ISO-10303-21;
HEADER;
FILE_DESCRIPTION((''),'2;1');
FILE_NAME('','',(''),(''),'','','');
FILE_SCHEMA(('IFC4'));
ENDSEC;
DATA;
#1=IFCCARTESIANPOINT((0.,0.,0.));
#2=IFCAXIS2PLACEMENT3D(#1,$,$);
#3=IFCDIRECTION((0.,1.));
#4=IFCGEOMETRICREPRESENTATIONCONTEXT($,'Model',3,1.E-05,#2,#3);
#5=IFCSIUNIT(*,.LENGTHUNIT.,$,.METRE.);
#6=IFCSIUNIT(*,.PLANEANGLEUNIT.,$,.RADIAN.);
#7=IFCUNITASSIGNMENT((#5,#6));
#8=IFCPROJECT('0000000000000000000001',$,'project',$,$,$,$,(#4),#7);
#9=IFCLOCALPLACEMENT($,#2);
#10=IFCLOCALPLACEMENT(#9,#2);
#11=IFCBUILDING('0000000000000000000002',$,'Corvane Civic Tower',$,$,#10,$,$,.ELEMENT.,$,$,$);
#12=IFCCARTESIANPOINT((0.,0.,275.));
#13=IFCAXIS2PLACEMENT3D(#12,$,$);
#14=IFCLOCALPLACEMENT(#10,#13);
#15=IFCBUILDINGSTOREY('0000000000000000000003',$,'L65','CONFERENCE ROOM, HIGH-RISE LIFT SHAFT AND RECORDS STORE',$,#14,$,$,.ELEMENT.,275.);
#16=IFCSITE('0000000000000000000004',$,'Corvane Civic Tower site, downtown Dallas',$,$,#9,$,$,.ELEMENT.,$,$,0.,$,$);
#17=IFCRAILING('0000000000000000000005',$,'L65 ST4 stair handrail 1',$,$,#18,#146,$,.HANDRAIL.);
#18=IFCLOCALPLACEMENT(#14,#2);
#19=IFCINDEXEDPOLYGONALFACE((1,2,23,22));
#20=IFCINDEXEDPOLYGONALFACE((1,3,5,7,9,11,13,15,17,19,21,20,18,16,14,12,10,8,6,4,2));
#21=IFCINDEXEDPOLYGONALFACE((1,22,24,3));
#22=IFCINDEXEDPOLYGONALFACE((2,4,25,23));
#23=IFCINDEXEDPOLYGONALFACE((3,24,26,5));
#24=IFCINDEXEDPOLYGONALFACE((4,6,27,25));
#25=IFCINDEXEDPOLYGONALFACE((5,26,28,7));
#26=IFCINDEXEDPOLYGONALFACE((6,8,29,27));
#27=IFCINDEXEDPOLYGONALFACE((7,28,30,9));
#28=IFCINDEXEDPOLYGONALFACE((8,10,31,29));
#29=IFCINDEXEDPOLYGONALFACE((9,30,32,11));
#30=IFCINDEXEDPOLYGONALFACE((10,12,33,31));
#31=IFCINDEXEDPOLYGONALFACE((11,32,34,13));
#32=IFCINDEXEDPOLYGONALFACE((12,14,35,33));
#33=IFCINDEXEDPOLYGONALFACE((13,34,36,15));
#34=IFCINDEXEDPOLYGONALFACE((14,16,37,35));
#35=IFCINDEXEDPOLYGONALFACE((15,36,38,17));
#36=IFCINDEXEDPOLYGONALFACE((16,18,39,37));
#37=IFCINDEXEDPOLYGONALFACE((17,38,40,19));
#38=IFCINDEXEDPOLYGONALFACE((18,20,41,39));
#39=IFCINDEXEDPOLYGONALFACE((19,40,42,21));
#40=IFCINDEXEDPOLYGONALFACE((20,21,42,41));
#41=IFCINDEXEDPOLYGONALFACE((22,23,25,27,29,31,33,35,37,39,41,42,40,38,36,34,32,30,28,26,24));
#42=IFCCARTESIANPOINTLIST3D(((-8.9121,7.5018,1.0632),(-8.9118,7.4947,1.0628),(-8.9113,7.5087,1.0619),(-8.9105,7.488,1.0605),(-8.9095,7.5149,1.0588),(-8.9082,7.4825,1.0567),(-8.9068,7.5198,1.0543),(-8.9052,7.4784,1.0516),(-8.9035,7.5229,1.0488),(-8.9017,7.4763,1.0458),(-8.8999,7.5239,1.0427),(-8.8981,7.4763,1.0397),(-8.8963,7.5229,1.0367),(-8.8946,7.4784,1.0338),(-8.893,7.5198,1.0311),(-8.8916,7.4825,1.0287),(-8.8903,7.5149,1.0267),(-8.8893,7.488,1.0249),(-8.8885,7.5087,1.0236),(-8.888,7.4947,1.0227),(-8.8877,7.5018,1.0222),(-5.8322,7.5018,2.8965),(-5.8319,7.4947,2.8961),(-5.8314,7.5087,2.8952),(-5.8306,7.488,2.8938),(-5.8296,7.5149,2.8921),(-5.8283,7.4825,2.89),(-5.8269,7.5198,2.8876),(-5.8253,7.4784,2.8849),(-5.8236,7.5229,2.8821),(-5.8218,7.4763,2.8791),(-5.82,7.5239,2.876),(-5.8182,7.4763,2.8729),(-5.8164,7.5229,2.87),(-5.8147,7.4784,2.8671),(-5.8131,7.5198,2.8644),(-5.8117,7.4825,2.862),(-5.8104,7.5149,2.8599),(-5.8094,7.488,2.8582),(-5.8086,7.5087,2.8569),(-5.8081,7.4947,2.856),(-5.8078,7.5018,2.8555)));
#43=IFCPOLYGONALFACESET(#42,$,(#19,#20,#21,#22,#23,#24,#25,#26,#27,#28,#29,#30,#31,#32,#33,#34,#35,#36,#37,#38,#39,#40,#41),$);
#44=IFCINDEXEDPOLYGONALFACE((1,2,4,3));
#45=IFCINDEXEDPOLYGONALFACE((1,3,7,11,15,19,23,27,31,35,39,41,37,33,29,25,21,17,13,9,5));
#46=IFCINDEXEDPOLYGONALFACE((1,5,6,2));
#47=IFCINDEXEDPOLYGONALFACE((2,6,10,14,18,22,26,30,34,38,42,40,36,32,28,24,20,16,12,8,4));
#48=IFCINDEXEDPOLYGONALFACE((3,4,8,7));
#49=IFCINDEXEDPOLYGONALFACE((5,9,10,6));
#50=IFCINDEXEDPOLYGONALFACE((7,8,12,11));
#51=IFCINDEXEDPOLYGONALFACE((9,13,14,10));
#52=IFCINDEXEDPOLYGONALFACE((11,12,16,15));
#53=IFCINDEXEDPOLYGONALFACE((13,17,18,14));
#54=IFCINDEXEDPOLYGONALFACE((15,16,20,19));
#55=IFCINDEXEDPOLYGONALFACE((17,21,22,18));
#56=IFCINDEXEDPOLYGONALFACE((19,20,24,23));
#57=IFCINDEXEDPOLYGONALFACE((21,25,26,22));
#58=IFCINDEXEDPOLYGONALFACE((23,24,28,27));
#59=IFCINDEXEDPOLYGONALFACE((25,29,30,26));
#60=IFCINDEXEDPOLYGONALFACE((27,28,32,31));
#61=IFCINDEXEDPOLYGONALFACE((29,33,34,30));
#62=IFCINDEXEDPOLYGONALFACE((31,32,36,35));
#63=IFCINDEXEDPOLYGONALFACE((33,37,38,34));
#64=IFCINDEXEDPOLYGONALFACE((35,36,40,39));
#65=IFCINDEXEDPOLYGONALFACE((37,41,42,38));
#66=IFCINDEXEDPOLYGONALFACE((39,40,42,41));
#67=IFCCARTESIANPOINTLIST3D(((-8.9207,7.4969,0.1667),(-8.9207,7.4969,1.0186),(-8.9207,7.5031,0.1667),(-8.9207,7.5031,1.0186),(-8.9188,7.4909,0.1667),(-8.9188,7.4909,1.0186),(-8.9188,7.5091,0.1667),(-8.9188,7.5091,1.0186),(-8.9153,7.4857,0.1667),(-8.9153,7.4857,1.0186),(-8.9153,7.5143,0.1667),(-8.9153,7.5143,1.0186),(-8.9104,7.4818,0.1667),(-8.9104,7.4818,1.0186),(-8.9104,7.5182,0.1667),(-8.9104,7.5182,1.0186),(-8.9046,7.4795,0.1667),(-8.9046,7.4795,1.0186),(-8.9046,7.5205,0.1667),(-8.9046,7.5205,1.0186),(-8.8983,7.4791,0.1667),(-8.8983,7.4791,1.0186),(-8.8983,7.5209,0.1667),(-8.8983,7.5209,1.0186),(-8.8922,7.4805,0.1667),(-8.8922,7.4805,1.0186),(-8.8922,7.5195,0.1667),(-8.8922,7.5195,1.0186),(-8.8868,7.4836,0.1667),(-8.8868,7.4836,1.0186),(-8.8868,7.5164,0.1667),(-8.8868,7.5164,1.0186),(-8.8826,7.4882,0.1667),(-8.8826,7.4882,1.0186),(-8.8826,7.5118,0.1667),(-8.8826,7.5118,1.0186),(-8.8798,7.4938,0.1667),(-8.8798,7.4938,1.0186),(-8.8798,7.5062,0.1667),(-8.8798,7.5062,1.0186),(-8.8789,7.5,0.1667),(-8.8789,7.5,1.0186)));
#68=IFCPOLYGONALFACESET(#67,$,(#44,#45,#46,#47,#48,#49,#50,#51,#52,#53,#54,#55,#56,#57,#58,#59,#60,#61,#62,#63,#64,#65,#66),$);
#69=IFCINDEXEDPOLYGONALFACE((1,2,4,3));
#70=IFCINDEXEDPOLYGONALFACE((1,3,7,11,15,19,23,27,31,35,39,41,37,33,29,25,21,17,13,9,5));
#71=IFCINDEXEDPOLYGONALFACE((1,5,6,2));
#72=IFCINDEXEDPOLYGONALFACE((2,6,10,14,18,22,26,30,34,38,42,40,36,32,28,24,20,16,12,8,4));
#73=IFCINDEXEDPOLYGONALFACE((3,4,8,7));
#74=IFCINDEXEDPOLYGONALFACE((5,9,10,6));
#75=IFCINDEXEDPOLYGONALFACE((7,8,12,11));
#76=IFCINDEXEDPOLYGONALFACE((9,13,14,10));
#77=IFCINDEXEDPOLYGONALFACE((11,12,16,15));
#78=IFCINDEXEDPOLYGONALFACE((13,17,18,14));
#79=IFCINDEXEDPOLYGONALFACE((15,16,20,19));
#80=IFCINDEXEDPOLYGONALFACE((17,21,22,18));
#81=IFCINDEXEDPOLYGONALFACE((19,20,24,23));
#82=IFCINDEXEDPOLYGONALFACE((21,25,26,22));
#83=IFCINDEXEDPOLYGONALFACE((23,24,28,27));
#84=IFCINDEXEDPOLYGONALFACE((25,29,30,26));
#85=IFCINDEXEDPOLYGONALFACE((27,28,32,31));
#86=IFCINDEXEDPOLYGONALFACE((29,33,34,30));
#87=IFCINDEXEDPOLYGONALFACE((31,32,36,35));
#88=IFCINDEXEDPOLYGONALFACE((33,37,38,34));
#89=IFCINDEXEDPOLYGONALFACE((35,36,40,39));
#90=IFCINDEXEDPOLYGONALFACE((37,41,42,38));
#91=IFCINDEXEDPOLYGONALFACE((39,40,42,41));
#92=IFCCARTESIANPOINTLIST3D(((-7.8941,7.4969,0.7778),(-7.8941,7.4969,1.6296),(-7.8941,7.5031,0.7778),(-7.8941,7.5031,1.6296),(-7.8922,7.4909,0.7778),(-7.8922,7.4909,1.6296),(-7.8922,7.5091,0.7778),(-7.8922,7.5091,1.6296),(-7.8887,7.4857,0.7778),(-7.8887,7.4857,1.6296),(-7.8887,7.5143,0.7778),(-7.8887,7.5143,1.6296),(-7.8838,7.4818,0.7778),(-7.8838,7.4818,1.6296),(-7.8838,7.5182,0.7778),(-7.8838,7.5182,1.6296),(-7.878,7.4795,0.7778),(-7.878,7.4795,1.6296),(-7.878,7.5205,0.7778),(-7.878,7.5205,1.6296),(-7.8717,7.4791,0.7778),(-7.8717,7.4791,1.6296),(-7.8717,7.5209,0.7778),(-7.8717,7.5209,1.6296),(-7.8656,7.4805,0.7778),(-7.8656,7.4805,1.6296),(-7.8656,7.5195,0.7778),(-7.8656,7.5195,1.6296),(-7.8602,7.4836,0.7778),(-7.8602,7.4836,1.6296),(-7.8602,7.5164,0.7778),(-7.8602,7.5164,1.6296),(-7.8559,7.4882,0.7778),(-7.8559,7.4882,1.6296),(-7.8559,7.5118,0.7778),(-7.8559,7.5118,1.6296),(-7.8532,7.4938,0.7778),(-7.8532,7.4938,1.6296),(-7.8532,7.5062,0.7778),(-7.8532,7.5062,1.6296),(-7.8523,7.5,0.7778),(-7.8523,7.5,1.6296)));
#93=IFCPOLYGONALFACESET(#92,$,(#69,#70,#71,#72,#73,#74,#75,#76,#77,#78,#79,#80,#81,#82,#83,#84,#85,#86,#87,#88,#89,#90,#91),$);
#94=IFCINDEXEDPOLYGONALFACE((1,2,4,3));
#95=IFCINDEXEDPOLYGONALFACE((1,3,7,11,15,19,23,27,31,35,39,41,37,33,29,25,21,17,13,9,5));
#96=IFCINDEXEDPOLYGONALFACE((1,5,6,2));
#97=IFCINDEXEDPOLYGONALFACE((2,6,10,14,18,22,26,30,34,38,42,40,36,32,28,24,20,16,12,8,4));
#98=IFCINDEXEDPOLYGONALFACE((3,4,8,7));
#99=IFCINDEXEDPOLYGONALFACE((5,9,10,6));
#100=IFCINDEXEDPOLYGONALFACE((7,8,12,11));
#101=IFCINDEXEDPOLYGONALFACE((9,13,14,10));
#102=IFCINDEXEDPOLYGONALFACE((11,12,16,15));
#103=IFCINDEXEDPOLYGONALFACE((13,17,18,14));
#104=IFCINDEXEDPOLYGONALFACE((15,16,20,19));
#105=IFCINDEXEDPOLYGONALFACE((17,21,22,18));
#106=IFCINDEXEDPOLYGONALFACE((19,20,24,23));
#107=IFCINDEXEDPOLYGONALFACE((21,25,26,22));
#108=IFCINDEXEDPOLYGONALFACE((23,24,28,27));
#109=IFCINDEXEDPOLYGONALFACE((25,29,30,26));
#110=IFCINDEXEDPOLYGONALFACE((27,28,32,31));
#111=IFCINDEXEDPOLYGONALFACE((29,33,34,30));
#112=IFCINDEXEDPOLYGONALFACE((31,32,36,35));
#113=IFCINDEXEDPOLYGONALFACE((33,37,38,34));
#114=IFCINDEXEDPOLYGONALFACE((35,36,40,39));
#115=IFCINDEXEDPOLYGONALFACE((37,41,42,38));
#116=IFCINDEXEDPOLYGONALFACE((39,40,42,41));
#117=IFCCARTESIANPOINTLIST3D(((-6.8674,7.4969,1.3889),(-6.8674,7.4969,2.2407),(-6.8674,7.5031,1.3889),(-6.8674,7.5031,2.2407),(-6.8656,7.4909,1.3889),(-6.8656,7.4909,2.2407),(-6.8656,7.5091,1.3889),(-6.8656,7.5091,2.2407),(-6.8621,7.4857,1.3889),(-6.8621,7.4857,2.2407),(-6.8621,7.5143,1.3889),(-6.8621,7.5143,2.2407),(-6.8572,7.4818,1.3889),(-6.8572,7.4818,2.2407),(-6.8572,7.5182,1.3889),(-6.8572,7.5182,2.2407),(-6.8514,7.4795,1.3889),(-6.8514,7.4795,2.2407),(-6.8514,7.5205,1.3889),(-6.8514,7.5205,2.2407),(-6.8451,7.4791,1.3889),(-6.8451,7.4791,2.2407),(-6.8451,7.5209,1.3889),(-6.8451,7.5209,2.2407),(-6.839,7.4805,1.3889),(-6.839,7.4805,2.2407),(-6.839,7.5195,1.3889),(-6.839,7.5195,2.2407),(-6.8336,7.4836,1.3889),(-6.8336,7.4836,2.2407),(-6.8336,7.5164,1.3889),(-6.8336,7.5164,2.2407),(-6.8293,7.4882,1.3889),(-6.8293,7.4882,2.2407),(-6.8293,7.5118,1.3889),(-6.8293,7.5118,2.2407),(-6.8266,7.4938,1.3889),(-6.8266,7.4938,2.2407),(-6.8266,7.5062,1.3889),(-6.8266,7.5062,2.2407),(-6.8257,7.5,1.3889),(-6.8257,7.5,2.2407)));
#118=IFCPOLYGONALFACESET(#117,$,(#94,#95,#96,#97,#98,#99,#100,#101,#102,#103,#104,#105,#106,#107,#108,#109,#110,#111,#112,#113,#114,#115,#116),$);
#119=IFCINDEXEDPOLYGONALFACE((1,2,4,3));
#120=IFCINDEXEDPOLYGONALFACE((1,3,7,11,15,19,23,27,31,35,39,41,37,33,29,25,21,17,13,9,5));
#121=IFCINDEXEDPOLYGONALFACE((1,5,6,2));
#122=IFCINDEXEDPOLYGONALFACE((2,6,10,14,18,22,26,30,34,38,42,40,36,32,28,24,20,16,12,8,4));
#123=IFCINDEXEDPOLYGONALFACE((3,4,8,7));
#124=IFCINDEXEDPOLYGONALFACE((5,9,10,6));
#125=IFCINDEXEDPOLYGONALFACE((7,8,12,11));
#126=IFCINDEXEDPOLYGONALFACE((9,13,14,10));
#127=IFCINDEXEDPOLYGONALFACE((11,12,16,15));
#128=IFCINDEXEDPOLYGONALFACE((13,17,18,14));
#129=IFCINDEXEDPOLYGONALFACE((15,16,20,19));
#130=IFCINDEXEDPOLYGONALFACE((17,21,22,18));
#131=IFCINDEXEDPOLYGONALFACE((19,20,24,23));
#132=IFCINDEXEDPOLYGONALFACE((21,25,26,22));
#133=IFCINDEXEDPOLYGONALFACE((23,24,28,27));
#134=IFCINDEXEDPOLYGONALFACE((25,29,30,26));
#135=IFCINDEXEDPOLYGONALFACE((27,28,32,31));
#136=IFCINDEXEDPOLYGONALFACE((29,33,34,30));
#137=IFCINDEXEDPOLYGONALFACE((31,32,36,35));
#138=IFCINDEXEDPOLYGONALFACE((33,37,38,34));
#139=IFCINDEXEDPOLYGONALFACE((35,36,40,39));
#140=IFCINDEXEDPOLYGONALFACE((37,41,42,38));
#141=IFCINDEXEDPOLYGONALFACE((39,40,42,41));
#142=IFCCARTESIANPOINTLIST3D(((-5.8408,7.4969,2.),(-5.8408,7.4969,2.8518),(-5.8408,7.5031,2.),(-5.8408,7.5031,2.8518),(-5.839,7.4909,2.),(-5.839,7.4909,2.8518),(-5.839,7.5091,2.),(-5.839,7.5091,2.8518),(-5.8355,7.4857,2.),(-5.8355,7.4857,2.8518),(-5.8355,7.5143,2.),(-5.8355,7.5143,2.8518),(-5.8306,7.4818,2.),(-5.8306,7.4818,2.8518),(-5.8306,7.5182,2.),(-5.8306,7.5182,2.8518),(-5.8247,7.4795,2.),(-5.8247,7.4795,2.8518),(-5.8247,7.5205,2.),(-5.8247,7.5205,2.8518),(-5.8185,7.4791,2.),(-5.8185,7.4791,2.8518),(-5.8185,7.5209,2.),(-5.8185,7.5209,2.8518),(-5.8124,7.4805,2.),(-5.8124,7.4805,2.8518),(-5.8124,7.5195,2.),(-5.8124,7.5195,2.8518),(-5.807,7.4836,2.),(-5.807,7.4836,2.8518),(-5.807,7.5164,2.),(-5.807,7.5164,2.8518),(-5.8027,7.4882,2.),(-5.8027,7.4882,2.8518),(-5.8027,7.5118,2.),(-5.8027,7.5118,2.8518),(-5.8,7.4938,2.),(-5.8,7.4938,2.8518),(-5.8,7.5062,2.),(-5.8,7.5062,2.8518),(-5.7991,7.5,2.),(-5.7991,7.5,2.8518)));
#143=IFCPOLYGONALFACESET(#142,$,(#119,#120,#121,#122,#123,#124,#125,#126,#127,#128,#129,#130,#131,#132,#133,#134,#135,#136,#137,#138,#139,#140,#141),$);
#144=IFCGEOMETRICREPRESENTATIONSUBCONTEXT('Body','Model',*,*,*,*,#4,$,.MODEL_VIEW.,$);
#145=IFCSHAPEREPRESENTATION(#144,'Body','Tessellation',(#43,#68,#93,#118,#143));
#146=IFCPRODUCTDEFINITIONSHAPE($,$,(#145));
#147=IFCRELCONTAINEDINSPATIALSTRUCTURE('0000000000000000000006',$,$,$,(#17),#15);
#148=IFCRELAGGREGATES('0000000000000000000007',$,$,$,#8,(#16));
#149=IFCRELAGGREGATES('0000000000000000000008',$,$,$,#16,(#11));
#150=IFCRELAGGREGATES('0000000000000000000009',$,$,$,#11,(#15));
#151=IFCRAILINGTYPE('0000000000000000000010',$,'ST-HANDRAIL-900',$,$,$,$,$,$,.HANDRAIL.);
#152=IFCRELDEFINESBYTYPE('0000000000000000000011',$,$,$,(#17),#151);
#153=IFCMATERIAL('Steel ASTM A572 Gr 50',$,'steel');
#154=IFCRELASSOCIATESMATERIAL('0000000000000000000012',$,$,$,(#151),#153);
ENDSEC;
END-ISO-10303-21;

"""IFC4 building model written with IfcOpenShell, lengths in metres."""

from ifc_helpers import new_model, si_unit, direction, frame, origin, origin_2d, place, context, subcontext, project, spatial, circle, extrude, material, type_object, element, save


model = new_model("IFC4")

# Units and contexts
model_context = context("Model", 3, precision=1e-05, world=origin(), true_north=direction((0.0, 1.0)))
body_context = subcontext(model_context, "Body", "Model", "MODEL_VIEW")
ifc_project = project(units=[si_unit("LENGTHUNIT", "METRE"), si_unit("PLANEANGLEUNIT", "RADIAN")], contexts=[model_context])

# Site, building, storey
site_placement = place(None, origin())
site = spatial("IfcSite", under=ifc_project, at=site_placement, Name="Corvane Civic Tower site, downtown Dallas", CompositionType="ELEMENT", RefElevation=0.0)
building_placement = place(site_placement, origin())
building = spatial("IfcBuilding", under=site, at=building_placement, Name="Corvane Civic Tower", CompositionType="ELEMENT")
storey_placement = place(building_placement, frame((0.0, 0.0, 275.0)))
storey = spatial("IfcBuildingStorey", under=building, at=storey_placement, Name="L65", Description="CONFERENCE ROOM, HIGH-RISE LIFT SHAFT AND RECORDS STORE", CompositionType="ELEMENT", Elevation=275.0)

# Railing
ifc_material_1 = material(Name="Steel ASTM A572 Gr 50", Category="steel")
railing_type_1 = type_object("IfcRailingType", Name="ST-HANDRAIL-900", PredefinedType="HANDRAIL", material=ifc_material_1)
railing_1_placement = place(storey_placement, frame((-8.8999, 7.5, 0.1667)))
element("IfcRailing", 1, at=railing_1_placement, inside=storey, type_object=railing_type_1, Name="L65 ST4 stair handrail 1", PredefinedType="HANDRAIL", context=body_context, shape_type="SweptSolid", body=[
    extrude(circle(Radius=0.0239, at=origin_2d()), frame((0.0, 0.0, 0.876), z_axis=(0.859291, 0.0, 0.511487), x_axis=(0.0, 1.0, 0.0)), (0.0, 0.0, 1.0), 3.5842),
    extrude(circle(Radius=0.021, at=origin_2d()), origin(), (0.0, 0.0, 1.0), 0.8518),
    extrude(circle(Radius=0.021, at=origin_2d()), frame((1.0266, 0.0, 0.6111)), (0.0, 0.0, 1.0), 0.8518),
    extrude(circle(Radius=0.021, at=origin_2d()), frame((2.0532, 0.0, 1.2222)), (0.0, 0.0, 1.0), 0.8518),
    extrude(circle(Radius=0.021, at=origin_2d()), frame((3.0798, 0.0, 1.8333)), (0.0, 0.0, 1.0), 0.8518),
])

save(model, "model.ifc")
